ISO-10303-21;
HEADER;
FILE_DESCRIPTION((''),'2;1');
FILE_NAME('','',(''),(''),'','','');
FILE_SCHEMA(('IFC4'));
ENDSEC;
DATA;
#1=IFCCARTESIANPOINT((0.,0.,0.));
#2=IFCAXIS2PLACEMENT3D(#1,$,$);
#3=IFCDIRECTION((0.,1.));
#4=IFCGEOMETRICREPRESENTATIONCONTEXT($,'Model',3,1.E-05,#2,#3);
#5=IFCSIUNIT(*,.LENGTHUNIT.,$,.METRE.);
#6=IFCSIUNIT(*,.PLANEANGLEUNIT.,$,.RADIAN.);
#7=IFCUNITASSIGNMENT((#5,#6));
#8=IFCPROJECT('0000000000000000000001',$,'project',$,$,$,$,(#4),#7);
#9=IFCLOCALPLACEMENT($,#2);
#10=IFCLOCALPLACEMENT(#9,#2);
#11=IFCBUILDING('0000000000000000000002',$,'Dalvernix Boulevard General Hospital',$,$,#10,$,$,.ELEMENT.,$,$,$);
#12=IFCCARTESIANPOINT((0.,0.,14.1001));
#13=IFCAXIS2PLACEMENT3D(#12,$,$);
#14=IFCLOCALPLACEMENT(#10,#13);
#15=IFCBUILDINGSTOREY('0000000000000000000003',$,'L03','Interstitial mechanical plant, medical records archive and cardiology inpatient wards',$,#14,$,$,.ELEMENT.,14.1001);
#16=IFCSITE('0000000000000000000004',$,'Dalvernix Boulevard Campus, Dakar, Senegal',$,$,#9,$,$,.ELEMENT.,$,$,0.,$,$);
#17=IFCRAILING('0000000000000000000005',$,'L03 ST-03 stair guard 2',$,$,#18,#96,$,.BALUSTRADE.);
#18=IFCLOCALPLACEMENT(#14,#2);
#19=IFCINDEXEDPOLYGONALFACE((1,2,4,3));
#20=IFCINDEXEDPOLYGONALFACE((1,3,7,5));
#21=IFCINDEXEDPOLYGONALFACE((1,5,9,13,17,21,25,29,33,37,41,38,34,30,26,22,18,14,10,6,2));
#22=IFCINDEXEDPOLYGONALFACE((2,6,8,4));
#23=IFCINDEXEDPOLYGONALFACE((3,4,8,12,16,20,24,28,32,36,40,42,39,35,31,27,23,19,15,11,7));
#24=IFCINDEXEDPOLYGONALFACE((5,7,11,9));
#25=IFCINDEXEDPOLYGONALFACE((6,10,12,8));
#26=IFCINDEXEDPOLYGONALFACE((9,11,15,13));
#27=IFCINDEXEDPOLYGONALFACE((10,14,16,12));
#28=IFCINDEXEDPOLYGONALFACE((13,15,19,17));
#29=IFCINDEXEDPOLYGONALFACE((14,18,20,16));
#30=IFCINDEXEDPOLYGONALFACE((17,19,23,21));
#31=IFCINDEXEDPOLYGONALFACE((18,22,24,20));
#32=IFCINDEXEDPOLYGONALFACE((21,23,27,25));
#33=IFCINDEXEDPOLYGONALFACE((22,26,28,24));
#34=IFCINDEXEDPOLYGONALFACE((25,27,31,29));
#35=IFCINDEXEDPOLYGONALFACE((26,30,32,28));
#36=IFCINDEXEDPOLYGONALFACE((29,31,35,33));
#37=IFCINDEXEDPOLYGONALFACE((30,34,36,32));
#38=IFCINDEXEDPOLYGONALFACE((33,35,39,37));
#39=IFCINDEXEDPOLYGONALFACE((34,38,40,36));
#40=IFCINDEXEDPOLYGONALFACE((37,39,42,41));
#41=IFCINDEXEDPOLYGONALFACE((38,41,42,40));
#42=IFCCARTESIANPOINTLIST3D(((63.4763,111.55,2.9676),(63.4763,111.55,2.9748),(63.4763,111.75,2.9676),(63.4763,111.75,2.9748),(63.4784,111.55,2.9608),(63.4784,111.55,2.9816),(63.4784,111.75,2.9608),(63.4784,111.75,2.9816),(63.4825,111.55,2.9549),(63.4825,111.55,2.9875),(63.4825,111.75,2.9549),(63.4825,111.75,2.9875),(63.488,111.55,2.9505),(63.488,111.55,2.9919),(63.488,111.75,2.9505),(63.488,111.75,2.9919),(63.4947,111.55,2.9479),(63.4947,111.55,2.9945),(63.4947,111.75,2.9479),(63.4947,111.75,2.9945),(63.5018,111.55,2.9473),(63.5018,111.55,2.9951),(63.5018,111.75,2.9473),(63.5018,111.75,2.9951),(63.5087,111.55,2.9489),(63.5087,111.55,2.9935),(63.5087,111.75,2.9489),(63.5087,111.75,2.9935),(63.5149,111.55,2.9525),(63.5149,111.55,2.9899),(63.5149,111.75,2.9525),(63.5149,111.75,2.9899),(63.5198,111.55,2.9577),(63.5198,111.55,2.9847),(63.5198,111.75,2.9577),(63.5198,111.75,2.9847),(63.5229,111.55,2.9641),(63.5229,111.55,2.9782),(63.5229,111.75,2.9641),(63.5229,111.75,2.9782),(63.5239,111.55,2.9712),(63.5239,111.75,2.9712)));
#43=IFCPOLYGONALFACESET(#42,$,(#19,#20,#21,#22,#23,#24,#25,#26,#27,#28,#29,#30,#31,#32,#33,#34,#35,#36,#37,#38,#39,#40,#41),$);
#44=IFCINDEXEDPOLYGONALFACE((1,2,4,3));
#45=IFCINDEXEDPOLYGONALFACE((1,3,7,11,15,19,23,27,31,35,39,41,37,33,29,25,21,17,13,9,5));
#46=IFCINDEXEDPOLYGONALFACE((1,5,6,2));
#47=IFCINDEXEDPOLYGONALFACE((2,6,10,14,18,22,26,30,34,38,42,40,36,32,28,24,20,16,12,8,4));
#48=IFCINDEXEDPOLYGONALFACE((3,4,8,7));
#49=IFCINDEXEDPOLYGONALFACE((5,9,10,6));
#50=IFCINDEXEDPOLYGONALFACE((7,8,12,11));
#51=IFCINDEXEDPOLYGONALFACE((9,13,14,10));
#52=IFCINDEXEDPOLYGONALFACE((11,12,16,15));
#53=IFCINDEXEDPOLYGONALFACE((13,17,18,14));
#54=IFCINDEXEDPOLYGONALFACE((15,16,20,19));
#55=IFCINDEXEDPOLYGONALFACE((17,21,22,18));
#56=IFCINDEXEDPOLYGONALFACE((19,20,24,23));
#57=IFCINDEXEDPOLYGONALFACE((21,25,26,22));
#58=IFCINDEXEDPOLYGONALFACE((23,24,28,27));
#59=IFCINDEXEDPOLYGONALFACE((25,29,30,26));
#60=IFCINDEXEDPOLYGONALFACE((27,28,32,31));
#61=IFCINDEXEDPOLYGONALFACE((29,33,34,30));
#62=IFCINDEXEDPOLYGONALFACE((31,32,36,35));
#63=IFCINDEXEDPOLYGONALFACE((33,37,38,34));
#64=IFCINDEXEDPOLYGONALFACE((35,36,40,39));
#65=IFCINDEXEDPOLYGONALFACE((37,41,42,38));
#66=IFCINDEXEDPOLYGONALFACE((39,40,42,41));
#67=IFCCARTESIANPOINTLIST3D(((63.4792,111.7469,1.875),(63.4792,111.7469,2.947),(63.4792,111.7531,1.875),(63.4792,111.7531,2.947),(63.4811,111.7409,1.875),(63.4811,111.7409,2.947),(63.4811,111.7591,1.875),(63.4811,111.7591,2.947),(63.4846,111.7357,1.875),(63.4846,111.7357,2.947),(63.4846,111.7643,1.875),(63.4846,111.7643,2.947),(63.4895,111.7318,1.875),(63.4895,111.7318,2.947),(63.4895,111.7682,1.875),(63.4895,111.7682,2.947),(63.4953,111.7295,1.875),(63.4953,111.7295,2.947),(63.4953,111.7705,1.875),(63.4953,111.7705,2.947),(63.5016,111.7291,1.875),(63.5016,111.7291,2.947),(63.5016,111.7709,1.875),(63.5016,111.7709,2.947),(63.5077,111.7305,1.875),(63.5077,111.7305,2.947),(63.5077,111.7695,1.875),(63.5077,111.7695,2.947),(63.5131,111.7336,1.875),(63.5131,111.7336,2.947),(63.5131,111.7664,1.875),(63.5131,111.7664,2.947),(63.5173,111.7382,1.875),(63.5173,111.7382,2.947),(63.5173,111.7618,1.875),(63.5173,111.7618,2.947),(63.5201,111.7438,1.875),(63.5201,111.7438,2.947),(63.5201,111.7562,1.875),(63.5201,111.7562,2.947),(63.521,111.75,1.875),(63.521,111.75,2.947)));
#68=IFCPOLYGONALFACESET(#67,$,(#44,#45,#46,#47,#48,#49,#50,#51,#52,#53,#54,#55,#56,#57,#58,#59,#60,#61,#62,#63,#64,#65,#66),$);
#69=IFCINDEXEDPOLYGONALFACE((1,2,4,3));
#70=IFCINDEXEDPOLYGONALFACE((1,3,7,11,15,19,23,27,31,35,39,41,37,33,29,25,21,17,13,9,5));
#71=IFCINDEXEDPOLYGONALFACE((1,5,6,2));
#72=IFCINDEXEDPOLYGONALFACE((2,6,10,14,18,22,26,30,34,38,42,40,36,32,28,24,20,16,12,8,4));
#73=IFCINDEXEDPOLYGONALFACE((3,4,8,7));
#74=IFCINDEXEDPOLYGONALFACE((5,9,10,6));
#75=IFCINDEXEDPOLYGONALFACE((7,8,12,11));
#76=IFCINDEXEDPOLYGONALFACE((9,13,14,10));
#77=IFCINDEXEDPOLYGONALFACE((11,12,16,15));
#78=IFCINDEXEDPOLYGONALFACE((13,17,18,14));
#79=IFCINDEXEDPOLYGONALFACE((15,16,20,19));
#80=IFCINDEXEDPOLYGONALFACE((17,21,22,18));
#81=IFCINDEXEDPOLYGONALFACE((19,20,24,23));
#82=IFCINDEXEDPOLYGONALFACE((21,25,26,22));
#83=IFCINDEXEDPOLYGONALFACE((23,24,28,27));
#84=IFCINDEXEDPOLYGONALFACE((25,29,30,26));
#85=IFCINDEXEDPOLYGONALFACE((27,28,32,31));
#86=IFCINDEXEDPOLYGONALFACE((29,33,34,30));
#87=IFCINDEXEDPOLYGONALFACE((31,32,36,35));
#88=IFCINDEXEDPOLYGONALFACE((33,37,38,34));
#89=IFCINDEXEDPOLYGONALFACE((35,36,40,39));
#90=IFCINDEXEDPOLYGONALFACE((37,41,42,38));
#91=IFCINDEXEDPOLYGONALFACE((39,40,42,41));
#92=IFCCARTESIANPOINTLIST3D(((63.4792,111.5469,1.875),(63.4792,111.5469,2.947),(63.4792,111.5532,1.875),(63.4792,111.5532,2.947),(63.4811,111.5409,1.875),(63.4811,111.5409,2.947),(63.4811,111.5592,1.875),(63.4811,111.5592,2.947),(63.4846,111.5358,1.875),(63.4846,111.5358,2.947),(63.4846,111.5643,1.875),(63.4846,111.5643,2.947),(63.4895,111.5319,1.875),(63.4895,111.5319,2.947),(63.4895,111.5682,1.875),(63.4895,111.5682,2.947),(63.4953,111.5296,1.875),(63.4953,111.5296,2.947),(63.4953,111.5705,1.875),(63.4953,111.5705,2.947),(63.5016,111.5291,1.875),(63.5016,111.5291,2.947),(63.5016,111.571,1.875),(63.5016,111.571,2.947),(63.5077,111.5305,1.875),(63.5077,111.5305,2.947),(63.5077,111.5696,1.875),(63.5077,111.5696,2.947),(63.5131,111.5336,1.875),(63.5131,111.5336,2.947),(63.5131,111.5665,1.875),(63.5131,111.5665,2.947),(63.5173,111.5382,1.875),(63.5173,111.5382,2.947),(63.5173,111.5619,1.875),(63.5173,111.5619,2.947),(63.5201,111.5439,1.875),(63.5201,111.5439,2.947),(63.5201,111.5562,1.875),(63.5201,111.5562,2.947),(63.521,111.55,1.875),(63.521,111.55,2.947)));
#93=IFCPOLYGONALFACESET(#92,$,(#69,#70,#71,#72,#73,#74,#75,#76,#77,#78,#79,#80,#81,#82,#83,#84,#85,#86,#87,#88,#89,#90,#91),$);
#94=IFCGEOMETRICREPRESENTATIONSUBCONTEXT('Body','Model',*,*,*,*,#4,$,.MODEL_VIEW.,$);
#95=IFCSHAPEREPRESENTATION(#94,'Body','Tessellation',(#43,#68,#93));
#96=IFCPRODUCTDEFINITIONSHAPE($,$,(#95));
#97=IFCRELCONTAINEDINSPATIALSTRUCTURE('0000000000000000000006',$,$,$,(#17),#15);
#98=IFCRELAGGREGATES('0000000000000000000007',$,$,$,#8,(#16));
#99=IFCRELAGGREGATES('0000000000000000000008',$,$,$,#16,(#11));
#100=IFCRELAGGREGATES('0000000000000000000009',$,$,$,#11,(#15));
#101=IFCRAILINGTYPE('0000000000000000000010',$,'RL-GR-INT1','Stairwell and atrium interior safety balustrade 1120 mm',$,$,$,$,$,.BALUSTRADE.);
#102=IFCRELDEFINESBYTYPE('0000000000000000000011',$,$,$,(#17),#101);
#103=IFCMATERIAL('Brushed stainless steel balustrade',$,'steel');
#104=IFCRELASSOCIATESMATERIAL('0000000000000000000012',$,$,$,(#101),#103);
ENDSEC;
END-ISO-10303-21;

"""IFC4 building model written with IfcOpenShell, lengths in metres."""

from ifc_helpers import new_model, si_unit, direction, frame, origin, origin_2d, place, context, subcontext, project, spatial, circle, extrude, material, type_object, element, save


model = new_model("IFC4")

# Units and contexts
model_context = context("Model", 3, precision=1e-05, world=origin(), true_north=direction((0.0, 1.0)))
body_context = subcontext(model_context, "Body", "Model", "MODEL_VIEW")
ifc_project = project(units=[si_unit("LENGTHUNIT", "METRE"), si_unit("PLANEANGLEUNIT", "RADIAN")], contexts=[model_context])

# Site, building, storey
site_placement = place(None, origin())
site = spatial("IfcSite", under=ifc_project, at=site_placement, Name="Dalvernix Boulevard Campus, Dakar, Senegal", CompositionType="ELEMENT", RefElevation=0.0)
building_placement = place(site_placement, origin())
building = spatial("IfcBuilding", under=site, at=building_placement, Name="Dalvernix Boulevard General Hospital", CompositionType="ELEMENT")
storey_placement = place(building_placement, frame((0.0, 0.0, 14.1001)))
storey = spatial("IfcBuildingStorey", under=building, at=storey_placement, Name="L03", Description="Interstitial mechanical plant, medical records archive and cardiology inpatient wards", CompositionType="ELEMENT", Elevation=14.1001)

# Railing
ifc_material_1 = material(Name="Brushed stainless steel balustrade", Category="steel")
railing_type_1 = type_object("IfcRailingType", Name="RL-GR-INT1", Description="Stairwell and atrium interior safety balustrade 1120 mm", PredefinedType="BALUSTRADE", material=ifc_material_1)
railing_1_placement = place(storey_placement, frame((63.5, 111.75, 1.875)))
element("IfcRailing", 1, at=railing_1_placement, inside=storey, type_object=railing_type_1, Name="L03 ST-03 stair guard 2", PredefinedType="BALUSTRADE", context=body_context, shape_type="SweptSolid", body=[
    extrude(circle(Radius=0.0239, at=origin_2d()), frame((0.0, 0.0, 1.0962), z_axis=(0.0, -1.0, 0.0), x_axis=(1.0, 0.0, 0.0)), (0.0, 0.0, 1.0), 0.2),
    extrude(circle(Radius=0.021, at=origin_2d()), origin(), (0.0, 0.0, 1.0), 1.072),
    extrude(circle(Radius=0.021, at=origin_2d()), frame((0.0, -0.2, 0.0)), (0.0, 0.0, 1.0), 1.072),
])

save(model, "model.ifc")
